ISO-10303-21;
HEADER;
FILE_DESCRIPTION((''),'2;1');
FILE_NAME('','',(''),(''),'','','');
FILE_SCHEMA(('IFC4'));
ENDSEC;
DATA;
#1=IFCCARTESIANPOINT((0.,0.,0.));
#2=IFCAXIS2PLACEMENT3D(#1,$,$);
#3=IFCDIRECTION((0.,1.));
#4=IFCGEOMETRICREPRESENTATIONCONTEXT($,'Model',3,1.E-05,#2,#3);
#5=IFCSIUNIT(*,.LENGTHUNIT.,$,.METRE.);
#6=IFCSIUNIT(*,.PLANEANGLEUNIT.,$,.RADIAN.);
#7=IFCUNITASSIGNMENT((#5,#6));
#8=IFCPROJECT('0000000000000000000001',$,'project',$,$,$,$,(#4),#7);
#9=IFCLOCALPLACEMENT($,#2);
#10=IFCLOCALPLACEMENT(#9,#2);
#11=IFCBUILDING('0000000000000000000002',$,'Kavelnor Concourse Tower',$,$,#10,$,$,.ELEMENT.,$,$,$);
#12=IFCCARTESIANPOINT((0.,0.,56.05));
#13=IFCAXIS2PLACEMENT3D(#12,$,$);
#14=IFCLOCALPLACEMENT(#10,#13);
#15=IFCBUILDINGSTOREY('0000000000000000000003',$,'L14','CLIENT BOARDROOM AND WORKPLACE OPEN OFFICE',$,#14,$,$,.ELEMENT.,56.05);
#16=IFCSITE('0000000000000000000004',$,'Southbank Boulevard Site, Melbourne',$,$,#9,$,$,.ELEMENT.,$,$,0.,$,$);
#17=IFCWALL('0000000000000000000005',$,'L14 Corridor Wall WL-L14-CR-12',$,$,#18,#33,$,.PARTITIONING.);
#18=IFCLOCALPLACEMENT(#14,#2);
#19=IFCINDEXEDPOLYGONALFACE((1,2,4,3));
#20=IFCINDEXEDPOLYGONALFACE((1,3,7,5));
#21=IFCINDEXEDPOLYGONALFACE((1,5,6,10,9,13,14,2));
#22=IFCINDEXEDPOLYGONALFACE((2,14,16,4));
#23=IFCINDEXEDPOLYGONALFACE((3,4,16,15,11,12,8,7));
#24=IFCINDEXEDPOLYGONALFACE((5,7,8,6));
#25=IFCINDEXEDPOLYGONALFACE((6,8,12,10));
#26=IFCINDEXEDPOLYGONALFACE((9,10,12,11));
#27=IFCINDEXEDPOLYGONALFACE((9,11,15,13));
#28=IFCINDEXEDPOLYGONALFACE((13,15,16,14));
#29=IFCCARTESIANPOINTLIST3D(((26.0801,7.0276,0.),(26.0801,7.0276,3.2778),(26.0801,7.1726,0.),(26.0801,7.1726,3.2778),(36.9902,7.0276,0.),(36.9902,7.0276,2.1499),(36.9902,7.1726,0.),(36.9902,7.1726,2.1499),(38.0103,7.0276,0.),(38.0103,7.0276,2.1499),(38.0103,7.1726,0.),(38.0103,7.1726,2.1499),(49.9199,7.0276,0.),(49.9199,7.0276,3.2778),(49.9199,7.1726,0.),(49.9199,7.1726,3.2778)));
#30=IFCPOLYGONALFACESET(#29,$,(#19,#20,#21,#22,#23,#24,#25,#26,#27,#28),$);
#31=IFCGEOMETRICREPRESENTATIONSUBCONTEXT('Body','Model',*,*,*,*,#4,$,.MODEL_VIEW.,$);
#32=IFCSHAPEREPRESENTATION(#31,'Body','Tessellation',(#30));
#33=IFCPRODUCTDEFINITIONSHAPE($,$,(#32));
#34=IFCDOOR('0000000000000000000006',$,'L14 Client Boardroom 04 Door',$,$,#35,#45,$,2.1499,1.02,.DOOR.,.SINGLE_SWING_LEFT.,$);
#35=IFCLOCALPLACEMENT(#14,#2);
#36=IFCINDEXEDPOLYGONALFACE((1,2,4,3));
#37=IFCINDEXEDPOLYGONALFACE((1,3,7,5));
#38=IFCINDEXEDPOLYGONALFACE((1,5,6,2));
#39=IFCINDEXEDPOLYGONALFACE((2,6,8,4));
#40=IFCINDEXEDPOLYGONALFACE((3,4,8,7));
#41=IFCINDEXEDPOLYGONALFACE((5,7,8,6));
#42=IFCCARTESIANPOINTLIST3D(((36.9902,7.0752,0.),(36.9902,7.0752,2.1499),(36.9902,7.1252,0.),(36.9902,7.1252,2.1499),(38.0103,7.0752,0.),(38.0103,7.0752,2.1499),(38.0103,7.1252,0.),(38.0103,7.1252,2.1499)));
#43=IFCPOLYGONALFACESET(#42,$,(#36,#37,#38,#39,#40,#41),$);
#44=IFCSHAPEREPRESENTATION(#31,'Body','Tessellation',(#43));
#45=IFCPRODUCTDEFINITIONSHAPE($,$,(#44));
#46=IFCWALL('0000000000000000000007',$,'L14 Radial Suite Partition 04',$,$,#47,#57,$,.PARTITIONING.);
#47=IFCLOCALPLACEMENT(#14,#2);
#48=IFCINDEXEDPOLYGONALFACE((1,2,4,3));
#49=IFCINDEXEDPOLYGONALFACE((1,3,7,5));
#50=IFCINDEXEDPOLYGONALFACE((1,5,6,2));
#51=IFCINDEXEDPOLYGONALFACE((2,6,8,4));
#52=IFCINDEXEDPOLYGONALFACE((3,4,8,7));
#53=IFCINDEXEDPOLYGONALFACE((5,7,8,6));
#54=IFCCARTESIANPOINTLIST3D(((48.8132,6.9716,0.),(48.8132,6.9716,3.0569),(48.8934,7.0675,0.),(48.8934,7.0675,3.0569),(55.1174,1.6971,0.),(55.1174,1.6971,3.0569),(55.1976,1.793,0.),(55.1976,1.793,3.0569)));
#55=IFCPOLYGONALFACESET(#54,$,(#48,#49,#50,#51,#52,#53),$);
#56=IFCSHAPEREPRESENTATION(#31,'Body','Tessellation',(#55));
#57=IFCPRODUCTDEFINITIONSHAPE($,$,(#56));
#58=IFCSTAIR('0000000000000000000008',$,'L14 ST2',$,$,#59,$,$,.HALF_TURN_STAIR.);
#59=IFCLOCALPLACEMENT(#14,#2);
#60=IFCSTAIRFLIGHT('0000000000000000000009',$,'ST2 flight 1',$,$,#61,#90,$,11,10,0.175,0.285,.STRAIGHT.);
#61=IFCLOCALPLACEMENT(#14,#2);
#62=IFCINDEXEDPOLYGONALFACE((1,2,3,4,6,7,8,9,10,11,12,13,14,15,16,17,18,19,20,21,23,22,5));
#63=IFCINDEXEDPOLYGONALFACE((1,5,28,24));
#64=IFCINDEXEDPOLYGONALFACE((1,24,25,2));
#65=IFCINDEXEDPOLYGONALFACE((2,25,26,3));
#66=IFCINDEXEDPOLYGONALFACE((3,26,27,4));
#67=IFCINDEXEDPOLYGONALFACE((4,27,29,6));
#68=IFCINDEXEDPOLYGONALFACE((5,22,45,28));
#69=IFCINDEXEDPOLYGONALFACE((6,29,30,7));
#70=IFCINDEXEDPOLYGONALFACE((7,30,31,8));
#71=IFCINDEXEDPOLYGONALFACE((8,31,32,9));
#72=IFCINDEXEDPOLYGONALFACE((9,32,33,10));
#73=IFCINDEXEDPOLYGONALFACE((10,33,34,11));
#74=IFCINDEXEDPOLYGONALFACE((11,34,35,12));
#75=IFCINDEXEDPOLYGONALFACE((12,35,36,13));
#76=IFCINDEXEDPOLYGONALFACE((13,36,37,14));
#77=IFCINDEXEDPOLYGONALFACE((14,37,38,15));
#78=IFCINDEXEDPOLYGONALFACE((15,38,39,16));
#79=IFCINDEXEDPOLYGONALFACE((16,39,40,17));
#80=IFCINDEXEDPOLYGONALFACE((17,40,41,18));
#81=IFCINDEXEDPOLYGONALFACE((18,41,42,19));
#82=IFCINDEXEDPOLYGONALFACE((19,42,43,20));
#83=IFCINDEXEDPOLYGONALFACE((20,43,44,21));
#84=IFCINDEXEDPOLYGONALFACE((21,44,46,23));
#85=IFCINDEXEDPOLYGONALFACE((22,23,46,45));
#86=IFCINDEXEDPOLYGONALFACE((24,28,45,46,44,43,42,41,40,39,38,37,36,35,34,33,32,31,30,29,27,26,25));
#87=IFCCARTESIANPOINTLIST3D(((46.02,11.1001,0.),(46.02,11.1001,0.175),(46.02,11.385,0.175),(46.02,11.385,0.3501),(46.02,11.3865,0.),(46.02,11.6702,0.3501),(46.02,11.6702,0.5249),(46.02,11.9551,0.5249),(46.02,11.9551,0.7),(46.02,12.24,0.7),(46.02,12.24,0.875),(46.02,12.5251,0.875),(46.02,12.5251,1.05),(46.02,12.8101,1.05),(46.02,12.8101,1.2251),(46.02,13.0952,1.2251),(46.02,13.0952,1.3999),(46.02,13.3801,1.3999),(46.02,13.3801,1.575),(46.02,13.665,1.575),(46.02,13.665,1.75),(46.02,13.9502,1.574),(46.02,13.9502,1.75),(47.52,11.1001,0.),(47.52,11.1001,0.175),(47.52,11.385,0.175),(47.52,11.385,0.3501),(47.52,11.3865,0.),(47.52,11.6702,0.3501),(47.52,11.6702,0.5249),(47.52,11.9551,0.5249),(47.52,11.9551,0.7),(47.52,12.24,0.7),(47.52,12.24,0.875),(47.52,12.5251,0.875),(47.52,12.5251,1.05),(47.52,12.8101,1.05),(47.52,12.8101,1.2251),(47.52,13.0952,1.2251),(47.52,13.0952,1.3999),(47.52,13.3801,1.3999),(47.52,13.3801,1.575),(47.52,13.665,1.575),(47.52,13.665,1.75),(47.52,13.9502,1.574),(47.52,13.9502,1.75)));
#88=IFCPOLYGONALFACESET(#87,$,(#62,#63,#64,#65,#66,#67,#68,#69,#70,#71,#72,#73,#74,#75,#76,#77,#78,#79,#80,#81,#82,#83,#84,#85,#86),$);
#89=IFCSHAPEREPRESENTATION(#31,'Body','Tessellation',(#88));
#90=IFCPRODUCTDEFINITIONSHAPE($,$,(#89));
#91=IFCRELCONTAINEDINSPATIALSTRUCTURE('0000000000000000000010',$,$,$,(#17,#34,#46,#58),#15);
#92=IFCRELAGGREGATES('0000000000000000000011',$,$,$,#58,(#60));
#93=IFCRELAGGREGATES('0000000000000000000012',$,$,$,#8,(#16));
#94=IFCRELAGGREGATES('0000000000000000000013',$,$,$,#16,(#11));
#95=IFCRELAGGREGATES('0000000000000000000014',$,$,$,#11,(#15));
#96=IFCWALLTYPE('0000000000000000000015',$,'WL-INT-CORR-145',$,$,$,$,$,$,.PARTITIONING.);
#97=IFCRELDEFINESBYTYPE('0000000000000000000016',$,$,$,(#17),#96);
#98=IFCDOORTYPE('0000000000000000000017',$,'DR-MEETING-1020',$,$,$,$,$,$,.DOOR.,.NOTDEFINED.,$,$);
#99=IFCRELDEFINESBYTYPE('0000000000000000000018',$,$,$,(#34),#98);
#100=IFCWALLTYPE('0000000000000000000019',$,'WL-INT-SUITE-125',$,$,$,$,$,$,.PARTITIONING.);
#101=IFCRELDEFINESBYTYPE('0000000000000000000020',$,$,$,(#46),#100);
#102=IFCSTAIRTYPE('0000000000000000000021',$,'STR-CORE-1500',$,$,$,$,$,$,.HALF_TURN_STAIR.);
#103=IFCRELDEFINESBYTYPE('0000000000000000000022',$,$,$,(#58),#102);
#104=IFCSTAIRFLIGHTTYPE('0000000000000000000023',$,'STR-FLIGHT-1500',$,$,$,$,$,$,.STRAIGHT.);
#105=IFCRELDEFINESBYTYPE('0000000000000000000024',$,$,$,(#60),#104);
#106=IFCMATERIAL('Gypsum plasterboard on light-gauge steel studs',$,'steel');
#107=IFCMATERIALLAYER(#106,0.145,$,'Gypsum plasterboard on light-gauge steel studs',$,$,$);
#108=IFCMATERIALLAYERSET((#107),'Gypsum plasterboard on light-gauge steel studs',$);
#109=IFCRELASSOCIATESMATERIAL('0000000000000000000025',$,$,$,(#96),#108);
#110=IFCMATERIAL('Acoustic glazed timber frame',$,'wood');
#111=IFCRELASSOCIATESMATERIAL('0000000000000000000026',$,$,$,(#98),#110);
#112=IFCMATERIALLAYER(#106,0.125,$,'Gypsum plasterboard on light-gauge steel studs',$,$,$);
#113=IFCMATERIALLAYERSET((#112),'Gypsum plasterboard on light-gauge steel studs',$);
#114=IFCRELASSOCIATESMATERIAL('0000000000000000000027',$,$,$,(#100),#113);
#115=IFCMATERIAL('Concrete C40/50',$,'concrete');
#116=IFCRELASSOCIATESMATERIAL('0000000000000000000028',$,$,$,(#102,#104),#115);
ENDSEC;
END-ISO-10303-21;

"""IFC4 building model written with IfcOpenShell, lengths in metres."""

from ifc_helpers import new_model, si_unit, direction, frame, frame_2d, origin, place, context, subcontext, project, spatial, polyline, rectangle, outline, extrude, material, layer, layer_set, type_object, element, fill, aggregate, save


model = new_model("IFC4")

# Units and contexts
model_context = context("Model", 3, precision=1e-05, world=origin(), true_north=direction((0.0, 1.0)))
body_context = subcontext(model_context, "Body", "Model", "MODEL_VIEW")
ifc_project = project(units=[si_unit("LENGTHUNIT", "METRE"), si_unit("PLANEANGLEUNIT", "RADIAN")], contexts=[model_context])

# Site, building, storey
site_placement = place(None, origin())
site = spatial("IfcSite", under=ifc_project, at=site_placement, Name="Southbank Boulevard Site, Melbourne", CompositionType="ELEMENT", RefElevation=0.0)
building_placement = place(site_placement, origin())
building = spatial("IfcBuilding", under=site, at=building_placement, Name="Kavelnor Concourse Tower", CompositionType="ELEMENT")
storey_placement = place(building_placement, frame((0.0, 0.0, 56.05)))
storey = spatial("IfcBuildingStorey", under=building, at=storey_placement, Name="L14", Description="CLIENT BOARDROOM AND WORKPLACE OPEN OFFICE", CompositionType="ELEMENT", Elevation=56.05)

# Shared definitions
ifc_material_1 = material(Name="Gypsum plasterboard on light-gauge steel studs", Category="steel")
ifc_layer_1 = layer(ifc_material_1, 0.145, Name="Gypsum plasterboard on light-gauge steel studs")
ifc_layer_set_1 = layer_set([ifc_layer_1], Name="Gypsum plasterboard on light-gauge steel studs")
wall_type_1 = type_object("IfcWallType", Name="WL-INT-CORR-145", PredefinedType="PARTITIONING", material=ifc_layer_set_1)

# Wall, opening, door
wall_1_placement = place(storey_placement, frame((49.9199, 7.1001, 0.0), z_axis=(0.0, 0.0, 1.0), x_axis=(-1.0, 0.0, 0.0)))
wall_1 = element("IfcWall", 1, at=wall_1_placement, inside=storey, type_object=wall_type_1, Name="L14 Corridor Wall WL-L14-CR-12", PredefinedType="PARTITIONING", context=body_context, shape_type="SweptSolid", body=[
    extrude(rectangle(XDim=23.8398, YDim=0.145, at=frame_2d((11.9199, 0.0))), origin(), (0.0, 0.0, 1.0), 3.2778),
])
opening_1_placement = place(wall_1_placement, frame((11.9097, 0.0, 0.0)))
opening_1 = element("IfcOpeningElement", 2, at=opening_1_placement, cuts=wall_1, PredefinedType="OPENING", context=body_context, shape_type="SweptSolid", body=[
    extrude(rectangle(XDim=1.02, YDim=2.1499, at=frame_2d((0.51, 1.075))), frame((0.0, 0.0825, 0.0), z_axis=(0.0, -1.0, 0.0), x_axis=(1.0, 0.0, 0.0)), (0.0, 0.0, 1.0), 0.165),
])
ifc_material_2 = material(Name="Acoustic glazed timber frame", Category="wood")
door_type_1 = type_object("IfcDoorType", Name="DR-MEETING-1020", OperationType="NOTDEFINED", PredefinedType="DOOR", material=ifc_material_2)
door_1_placement = place(opening_1_placement, origin())
door_1 = element("IfcDoor", 3, at=door_1_placement, inside=storey, type_object=door_type_1, Name="L14 Client Boardroom 04 Door", OperationType="SINGLE_SWING_LEFT", OverallHeight=2.1499, OverallWidth=1.02, PredefinedType="DOOR", context=body_context, shape_type="SweptSolid", body=[
    extrude(rectangle(XDim=1.02, YDim=2.1499, at=frame_2d((0.51, 1.075))), frame((0.0, 0.0249, 0.0), z_axis=(0.0, -1.0, 0.0), x_axis=(1.0, 0.0, 0.0)), (0.0, 0.0, 1.0), 0.05),
])
fill(opening_1, door_1)

# Wall
ifc_layer_2 = layer(ifc_material_1, 0.125, Name="Gypsum plasterboard on light-gauge steel studs")
ifc_layer_set_2 = layer_set([ifc_layer_2], Name="Gypsum plasterboard on light-gauge steel studs")
wall_type_2 = type_object("IfcWallType", Name="WL-INT-SUITE-125", PredefinedType="PARTITIONING", material=ifc_layer_set_2)
wall_2_placement = place(storey_placement, frame((48.8533, 7.0195, 0.0), z_axis=(0.0, 0.0, 1.0), x_axis=(0.766968, -0.641685, 0.0)))
element("IfcWall", 4, at=wall_2_placement, inside=storey, type_object=wall_type_2, Name="L14 Radial Suite Partition 04", PredefinedType="PARTITIONING", context=body_context, shape_type="SweptSolid", body=[
    extrude(rectangle(XDim=8.2197, YDim=0.125, at=frame_2d((4.1099, 0.0))), origin(), (0.0, 0.0, 1.0), 3.0569),
])

# Stair, stair flight
ifc_material_3 = material(Name="Concrete C40/50", Category="concrete")
stair_type = type_object("IfcStairType", Name="STR-CORE-1500", PredefinedType="HALF_TURN_STAIR", material=ifc_material_3)
stair_placement = place(storey_placement, origin())
stair = element("IfcStair", 5, at=stair_placement, inside=storey, type_object=stair_type, Name="L14 ST2", PredefinedType="HALF_TURN_STAIR")
stair_flight_type = type_object("IfcStairFlightType", Name="STR-FLIGHT-1500", PredefinedType="STRAIGHT", material=ifc_material_3)
stair_flight_placement = place(storey_placement, frame((46.77, 11.1001, 0.0), z_axis=(0.0, 0.0, 1.0), x_axis=(0.0, 1.0, 0.0)))
stair_flight = element("IfcStairFlight", 6, at=stair_flight_placement, type_object=stair_flight_type, Name="ST2 flight 1", NumberOfRisers=11, NumberOfTreads=10, PredefinedType="STRAIGHT", RiserHeight=0.175, TreadLength=0.285, context=body_context, shape_type="SweptSolid", body=[
    extrude(outline(polyline([(0.0, 0.0), (0.0, 0.175), (0.2849, 0.175), (0.2849, 0.3501), (0.5701, 0.3501), (0.5701, 0.5249), (0.855, 0.5249), (0.855, 0.7), (1.1399, 0.7), (1.1399, 0.875), (1.425, 0.875), (1.425, 1.05), (1.71, 1.05), (1.71, 1.2251), (1.9951, 1.2251), (1.9951, 1.3999), (2.28, 1.3999), (2.28, 1.575), (2.5649, 1.575), (2.5649, 1.75), (2.8501, 1.75), (2.8501, 1.925), (2.8501, 1.574), (0.2864, 0.0), (0.0, 0.0)])), frame((0.0, 0.75, 0.0), z_axis=(0.0, -1.0, 0.0), x_axis=(1.0, 0.0, 0.0)), (0.0, 0.0, 1.0), 1.5),
])
aggregate(stair, [stair_flight])

save(model, "model.ifc")
